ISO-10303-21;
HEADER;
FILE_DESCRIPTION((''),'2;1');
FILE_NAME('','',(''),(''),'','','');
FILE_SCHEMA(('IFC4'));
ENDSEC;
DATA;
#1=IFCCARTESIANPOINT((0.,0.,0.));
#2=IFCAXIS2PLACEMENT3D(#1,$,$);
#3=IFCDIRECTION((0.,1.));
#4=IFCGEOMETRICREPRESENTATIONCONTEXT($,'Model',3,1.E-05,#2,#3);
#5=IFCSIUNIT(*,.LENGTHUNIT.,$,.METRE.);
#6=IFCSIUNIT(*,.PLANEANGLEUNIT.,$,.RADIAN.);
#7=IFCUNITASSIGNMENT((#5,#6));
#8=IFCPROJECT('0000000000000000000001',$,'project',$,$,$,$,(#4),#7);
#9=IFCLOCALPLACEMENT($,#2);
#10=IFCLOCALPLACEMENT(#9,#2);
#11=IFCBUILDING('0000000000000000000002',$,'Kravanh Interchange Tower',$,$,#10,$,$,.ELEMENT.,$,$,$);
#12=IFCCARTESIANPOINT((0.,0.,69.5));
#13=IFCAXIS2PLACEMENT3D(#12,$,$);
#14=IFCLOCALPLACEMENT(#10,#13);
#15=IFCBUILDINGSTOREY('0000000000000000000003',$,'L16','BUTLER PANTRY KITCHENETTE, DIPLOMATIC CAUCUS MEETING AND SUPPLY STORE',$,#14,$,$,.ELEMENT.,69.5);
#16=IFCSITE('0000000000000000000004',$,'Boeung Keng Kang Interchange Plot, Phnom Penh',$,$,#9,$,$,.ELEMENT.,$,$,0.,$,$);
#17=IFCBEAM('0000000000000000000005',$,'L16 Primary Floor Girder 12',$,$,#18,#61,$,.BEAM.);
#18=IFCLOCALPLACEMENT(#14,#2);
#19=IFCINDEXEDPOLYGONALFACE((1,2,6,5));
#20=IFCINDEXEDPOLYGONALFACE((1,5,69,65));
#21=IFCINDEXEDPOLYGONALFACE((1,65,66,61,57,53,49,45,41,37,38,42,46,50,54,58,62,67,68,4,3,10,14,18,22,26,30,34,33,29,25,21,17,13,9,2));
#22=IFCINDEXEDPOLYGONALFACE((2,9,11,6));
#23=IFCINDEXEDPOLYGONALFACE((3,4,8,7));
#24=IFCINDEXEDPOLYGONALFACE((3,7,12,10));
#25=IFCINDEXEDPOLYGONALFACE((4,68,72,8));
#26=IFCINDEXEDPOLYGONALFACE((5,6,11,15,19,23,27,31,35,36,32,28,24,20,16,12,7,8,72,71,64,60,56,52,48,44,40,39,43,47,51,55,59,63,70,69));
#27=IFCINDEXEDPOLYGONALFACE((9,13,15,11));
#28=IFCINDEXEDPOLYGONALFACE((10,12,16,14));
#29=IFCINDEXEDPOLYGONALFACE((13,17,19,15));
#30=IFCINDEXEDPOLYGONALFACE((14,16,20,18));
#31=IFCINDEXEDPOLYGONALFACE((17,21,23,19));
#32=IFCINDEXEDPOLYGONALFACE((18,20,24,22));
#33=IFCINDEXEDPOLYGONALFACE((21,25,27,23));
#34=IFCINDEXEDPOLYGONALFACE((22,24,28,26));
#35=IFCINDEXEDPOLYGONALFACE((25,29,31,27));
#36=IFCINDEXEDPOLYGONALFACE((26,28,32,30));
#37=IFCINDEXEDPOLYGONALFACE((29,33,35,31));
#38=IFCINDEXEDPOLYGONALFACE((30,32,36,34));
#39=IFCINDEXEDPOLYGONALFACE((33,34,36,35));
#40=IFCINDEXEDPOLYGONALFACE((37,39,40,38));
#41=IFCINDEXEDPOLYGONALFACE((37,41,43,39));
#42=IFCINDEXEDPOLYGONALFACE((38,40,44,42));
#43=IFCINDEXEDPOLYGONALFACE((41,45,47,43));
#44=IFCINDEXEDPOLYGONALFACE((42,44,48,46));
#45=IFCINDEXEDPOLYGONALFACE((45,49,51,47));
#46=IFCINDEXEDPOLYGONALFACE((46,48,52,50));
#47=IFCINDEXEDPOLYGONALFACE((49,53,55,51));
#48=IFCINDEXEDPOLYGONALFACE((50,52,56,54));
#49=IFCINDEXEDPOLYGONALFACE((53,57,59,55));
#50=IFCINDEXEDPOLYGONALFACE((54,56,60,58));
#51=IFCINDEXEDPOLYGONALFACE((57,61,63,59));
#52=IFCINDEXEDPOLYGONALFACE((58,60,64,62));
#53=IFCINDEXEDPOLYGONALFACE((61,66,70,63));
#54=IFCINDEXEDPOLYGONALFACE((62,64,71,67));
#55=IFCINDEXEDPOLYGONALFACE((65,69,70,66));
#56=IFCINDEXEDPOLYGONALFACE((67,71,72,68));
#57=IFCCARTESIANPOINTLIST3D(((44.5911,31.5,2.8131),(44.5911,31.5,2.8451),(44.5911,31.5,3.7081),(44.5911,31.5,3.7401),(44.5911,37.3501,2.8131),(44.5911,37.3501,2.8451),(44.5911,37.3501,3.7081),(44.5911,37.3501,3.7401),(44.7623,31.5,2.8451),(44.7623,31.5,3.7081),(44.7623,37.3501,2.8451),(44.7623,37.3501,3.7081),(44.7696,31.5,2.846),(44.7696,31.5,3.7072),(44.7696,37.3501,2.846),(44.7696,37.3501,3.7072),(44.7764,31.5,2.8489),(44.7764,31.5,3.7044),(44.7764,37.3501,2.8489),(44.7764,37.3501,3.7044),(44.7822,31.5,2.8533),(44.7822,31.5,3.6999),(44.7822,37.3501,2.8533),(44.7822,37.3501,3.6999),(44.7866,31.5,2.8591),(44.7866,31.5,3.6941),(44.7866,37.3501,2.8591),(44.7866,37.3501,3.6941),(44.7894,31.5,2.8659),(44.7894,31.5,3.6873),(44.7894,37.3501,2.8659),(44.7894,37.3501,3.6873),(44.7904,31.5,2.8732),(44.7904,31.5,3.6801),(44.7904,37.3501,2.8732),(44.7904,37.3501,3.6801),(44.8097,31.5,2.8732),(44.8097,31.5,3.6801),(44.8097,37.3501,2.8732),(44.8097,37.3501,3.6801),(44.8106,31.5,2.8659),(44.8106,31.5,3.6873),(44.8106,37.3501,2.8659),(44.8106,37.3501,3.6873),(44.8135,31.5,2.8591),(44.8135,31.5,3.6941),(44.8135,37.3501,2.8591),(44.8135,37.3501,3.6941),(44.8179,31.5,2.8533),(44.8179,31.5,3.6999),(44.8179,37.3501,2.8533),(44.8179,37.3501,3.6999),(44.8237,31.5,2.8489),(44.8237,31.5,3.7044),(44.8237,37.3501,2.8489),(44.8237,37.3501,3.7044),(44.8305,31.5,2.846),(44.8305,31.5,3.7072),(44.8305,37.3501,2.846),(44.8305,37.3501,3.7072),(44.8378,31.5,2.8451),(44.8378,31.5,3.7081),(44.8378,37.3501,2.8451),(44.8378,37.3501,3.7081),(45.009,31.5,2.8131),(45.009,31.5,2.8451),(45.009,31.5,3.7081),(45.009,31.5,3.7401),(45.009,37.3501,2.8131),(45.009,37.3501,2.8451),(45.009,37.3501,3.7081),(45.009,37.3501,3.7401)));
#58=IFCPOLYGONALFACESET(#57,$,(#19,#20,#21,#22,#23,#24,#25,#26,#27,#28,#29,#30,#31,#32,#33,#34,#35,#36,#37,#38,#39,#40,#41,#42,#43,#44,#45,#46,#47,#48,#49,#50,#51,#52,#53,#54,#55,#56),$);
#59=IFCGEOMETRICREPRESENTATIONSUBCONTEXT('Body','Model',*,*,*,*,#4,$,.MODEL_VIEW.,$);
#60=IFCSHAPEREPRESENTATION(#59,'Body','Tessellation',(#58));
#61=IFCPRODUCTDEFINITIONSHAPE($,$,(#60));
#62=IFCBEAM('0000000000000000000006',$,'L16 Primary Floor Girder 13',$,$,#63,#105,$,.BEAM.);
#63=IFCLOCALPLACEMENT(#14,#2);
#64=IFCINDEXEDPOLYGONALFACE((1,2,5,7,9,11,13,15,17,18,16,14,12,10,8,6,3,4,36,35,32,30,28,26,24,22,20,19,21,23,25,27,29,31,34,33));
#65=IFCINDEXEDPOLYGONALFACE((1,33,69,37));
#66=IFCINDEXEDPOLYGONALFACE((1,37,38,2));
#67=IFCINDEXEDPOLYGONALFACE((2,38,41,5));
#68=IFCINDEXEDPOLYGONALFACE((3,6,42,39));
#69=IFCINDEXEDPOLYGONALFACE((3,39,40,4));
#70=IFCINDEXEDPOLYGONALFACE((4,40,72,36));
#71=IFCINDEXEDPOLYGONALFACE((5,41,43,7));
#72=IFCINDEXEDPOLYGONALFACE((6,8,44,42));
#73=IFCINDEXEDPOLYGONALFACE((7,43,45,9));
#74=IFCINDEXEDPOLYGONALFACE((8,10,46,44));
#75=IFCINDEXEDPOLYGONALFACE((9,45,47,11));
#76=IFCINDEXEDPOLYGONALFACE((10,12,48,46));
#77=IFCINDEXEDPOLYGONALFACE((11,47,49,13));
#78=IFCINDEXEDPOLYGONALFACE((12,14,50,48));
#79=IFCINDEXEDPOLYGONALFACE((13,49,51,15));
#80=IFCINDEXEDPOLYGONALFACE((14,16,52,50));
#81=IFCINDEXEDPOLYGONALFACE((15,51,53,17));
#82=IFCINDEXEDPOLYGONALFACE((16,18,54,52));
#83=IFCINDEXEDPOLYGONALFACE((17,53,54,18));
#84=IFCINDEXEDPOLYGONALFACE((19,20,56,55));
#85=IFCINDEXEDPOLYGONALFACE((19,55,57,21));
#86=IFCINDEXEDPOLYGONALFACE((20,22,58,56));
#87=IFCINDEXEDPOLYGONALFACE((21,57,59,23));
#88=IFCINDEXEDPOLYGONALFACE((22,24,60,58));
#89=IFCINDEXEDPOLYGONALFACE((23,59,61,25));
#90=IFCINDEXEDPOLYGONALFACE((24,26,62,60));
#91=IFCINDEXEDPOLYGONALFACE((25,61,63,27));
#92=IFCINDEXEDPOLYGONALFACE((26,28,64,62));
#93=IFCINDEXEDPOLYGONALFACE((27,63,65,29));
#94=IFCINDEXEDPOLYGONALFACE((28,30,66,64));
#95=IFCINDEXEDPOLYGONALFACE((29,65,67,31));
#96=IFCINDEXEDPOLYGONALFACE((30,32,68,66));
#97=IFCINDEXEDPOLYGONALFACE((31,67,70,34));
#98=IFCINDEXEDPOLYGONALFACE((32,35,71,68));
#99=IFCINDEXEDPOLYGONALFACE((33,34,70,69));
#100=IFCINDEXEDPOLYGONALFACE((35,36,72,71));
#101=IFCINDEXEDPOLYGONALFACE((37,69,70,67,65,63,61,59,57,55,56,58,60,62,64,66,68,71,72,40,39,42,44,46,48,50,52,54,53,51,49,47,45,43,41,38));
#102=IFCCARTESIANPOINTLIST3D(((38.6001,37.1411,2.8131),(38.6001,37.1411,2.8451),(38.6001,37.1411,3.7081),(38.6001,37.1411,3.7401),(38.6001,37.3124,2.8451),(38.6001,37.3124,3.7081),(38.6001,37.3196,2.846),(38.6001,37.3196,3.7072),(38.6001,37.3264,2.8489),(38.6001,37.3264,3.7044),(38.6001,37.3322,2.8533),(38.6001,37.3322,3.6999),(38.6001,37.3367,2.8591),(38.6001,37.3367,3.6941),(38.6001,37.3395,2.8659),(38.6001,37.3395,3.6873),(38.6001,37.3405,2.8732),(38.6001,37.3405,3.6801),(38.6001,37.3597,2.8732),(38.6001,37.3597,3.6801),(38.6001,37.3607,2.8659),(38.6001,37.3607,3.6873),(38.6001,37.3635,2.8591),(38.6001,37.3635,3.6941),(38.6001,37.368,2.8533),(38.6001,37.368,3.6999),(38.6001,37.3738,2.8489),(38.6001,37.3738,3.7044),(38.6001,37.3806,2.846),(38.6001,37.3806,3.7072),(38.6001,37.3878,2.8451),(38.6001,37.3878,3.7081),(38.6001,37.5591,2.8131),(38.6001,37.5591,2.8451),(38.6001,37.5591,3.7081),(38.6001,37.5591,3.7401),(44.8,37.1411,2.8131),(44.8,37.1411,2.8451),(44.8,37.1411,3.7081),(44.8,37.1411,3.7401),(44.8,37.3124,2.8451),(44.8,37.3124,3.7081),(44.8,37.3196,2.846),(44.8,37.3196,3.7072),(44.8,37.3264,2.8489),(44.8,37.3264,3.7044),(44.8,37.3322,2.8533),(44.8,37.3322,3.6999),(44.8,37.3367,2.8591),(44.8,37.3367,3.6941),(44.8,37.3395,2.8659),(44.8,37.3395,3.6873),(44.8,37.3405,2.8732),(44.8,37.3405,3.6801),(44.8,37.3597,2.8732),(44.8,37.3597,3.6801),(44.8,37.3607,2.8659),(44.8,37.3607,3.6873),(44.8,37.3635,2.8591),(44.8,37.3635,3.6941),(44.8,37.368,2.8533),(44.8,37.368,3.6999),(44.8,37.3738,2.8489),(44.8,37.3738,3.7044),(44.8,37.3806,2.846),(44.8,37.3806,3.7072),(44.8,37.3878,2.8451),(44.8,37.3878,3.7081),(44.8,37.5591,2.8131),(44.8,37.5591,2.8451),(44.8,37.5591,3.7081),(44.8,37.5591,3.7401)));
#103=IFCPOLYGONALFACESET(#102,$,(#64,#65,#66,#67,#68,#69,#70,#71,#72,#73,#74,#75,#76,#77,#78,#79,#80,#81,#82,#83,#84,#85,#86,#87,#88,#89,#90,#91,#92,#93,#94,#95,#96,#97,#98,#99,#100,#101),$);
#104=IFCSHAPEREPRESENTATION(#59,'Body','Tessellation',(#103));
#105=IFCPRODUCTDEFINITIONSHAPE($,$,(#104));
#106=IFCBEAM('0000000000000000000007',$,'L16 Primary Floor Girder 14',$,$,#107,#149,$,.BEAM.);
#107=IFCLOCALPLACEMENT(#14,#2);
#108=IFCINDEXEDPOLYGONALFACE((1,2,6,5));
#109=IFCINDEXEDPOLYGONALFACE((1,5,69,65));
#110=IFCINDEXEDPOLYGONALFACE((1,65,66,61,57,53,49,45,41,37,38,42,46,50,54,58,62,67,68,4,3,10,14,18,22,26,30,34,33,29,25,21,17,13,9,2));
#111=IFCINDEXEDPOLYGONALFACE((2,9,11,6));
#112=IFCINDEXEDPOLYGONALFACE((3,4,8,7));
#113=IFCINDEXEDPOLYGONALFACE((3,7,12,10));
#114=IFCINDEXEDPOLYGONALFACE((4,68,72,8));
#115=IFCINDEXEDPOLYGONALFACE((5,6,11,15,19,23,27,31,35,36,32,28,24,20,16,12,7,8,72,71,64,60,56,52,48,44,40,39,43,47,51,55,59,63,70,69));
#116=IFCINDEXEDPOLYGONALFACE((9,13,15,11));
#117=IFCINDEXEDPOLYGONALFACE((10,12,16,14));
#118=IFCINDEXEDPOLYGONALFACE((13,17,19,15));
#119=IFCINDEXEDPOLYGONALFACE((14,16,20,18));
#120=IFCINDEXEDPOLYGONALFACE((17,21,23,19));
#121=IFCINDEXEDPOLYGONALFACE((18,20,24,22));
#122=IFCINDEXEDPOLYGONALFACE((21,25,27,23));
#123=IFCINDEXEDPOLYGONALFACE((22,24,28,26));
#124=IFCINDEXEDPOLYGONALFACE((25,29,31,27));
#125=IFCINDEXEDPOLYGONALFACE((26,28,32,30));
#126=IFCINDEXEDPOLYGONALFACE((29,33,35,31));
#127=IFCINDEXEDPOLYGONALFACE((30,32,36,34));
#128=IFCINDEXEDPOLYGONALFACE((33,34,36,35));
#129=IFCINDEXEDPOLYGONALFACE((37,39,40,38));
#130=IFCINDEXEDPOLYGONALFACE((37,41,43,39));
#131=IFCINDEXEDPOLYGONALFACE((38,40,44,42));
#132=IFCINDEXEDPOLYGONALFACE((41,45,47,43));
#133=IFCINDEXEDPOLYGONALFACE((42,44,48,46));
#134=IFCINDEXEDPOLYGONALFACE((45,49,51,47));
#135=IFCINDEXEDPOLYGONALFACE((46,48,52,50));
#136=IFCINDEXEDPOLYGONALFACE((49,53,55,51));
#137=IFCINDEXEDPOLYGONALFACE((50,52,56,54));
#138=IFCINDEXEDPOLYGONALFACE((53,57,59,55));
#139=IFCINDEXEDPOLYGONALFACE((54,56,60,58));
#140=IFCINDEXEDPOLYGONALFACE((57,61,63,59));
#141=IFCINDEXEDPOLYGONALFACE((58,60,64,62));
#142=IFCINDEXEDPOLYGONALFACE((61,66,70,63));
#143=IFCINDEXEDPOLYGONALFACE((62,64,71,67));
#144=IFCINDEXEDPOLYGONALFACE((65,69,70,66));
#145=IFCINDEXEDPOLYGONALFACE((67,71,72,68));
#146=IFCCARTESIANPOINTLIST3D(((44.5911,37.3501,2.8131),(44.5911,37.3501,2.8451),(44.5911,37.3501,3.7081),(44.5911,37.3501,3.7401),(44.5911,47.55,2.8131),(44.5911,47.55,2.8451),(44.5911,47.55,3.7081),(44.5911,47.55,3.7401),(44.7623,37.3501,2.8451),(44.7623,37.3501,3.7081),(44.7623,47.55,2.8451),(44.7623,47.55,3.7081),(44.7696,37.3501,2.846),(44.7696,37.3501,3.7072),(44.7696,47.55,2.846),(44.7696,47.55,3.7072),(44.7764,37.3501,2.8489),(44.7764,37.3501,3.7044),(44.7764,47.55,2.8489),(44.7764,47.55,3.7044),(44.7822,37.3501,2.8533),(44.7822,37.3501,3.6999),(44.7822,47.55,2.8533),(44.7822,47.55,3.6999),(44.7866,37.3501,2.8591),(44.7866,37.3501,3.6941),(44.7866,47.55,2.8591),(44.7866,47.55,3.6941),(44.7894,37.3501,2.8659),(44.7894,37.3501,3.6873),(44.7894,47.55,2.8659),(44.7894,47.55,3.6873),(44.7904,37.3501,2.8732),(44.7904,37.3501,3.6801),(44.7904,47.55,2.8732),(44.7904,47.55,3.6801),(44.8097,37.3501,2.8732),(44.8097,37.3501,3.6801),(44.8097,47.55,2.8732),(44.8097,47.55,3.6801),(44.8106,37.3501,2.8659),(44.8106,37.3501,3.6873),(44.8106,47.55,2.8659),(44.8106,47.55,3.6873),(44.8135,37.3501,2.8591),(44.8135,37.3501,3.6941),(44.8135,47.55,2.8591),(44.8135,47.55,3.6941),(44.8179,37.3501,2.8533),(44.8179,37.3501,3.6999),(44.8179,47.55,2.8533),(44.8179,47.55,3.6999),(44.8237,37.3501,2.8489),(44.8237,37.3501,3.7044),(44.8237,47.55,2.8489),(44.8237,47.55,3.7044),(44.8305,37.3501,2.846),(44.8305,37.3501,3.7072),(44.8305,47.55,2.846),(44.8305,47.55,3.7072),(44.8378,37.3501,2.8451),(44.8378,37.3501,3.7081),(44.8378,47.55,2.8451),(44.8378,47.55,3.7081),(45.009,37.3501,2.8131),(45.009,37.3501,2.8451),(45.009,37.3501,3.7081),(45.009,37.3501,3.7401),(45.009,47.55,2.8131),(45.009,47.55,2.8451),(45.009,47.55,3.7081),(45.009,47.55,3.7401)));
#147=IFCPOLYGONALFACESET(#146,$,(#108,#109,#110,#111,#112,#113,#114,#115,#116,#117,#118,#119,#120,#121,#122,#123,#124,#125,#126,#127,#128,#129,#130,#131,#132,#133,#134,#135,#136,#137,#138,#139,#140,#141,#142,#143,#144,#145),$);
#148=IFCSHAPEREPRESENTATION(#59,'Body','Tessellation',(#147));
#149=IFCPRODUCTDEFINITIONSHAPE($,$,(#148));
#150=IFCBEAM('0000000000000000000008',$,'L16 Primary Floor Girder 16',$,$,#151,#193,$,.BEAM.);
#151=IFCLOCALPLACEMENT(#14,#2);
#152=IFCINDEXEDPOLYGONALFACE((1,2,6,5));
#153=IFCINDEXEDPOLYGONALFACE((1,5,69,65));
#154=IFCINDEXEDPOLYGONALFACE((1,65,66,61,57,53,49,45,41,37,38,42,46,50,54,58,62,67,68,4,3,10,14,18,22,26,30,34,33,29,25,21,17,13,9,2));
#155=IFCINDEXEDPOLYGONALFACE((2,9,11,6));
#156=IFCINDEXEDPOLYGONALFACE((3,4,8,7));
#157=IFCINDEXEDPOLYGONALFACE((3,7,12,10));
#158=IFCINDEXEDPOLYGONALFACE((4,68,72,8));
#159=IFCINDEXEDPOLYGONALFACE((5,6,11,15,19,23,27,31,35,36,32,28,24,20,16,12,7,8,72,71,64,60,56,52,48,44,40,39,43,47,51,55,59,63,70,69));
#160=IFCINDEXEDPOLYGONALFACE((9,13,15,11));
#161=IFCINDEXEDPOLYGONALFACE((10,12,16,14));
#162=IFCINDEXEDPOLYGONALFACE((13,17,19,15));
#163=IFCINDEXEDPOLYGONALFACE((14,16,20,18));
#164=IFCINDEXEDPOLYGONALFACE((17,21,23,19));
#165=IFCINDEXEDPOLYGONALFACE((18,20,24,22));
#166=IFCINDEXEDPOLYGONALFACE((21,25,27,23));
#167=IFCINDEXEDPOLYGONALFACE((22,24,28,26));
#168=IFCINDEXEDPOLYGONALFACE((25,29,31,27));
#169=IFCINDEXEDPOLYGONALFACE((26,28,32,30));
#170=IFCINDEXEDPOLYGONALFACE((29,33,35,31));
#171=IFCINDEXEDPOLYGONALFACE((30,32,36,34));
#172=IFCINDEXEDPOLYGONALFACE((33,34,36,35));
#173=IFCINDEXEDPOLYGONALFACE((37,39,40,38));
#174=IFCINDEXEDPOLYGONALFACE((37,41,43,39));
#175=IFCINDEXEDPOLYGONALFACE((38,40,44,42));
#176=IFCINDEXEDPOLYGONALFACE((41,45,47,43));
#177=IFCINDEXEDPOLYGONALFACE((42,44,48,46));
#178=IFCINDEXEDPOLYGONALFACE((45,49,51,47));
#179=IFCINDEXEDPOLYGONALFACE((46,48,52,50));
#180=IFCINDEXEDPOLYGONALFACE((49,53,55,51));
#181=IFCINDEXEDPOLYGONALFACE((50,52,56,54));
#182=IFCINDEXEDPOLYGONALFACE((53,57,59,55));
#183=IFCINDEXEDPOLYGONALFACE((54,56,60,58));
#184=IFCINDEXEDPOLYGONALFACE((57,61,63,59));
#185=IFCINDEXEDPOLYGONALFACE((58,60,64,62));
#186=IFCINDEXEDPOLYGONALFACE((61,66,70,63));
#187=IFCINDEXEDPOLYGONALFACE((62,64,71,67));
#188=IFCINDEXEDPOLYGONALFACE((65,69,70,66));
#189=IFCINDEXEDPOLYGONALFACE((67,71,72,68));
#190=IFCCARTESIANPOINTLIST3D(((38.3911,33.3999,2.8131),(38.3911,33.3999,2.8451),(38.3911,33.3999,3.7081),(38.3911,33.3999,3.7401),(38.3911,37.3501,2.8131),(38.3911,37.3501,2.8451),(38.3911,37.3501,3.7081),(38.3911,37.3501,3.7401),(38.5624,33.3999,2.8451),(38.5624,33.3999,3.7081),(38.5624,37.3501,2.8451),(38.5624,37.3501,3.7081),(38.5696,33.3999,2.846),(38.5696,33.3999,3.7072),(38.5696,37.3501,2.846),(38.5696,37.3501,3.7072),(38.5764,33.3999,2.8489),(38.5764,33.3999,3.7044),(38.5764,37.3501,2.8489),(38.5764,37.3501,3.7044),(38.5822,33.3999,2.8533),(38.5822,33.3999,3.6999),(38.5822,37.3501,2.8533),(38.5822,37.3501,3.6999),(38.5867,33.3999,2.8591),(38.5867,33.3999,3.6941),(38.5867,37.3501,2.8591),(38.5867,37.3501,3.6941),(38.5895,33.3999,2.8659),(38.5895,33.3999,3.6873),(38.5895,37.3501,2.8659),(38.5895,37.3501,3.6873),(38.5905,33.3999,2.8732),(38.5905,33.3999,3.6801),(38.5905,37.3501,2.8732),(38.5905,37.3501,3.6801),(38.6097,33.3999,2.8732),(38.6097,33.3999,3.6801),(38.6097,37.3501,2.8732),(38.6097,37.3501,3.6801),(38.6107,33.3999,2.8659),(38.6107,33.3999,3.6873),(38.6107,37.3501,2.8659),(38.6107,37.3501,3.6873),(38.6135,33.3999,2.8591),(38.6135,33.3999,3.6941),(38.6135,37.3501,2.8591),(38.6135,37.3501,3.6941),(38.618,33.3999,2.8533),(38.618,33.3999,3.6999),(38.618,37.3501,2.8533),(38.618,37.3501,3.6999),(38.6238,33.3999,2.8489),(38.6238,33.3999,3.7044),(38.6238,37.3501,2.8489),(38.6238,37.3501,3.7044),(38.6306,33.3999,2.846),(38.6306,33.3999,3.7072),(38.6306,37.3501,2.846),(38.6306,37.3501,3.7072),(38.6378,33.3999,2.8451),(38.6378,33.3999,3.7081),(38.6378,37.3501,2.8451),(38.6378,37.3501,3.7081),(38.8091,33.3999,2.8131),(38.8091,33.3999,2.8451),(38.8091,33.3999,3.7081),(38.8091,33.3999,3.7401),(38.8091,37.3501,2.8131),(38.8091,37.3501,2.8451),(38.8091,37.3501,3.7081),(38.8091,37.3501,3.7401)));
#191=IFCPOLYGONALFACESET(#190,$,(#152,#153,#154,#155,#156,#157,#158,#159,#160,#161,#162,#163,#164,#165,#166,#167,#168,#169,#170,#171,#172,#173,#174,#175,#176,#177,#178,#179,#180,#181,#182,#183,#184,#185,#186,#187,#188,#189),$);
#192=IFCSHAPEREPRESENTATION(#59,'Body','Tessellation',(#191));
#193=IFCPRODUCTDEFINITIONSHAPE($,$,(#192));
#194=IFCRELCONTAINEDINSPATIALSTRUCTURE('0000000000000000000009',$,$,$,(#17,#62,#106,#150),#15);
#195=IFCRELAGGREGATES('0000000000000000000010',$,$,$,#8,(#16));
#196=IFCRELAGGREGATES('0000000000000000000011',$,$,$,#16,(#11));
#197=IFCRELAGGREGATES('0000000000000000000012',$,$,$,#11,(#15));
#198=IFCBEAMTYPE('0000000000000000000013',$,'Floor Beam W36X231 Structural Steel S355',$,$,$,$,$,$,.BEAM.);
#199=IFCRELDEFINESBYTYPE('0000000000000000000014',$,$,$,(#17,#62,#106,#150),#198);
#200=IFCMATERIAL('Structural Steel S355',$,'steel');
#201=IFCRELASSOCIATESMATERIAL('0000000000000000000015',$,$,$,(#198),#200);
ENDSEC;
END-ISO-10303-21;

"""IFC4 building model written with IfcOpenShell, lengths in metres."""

from ifc_helpers import new_model, si_unit, direction, frame, origin, origin_2d, place, context, subcontext, project, spatial, i_section, extrude, material, material_profile, profile_set, type_object, element, save


model = new_model("IFC4")

# Units and contexts
model_context = context("Model", 3, precision=1e-05, world=origin(), true_north=direction((0.0, 1.0)))
body_context = subcontext(model_context, "Body", "Model", "MODEL_VIEW")
ifc_project = project(units=[si_unit("LENGTHUNIT", "METRE"), si_unit("PLANEANGLEUNIT", "RADIAN")], contexts=[model_context])

# Site, building, storey
site_placement = place(None, origin())
site = spatial("IfcSite", under=ifc_project, at=site_placement, Name="Boeung Keng Kang Interchange Plot, Phnom Penh", CompositionType="ELEMENT", RefElevation=0.0)
building_placement = place(site_placement, origin())
building = spatial("IfcBuilding", under=site, at=building_placement, Name="Kravanh Interchange Tower", CompositionType="ELEMENT")
storey_placement = place(building_placement, frame((0.0, 0.0, 69.5)))
storey = spatial("IfcBuildingStorey", under=building, at=storey_placement, Name="L16", Description="BUTLER PANTRY KITCHENETTE, DIPLOMATIC CAUCUS MEETING AND SUPPLY STORE", CompositionType="ELEMENT", Elevation=69.5)

# Beams
ifc_material_1 = material(Name="Structural Steel S355", Category="steel")
ifc_material_profile_1 = material_profile(ifc_material_1, i_section(OverallWidth=0.418, OverallDepth=0.927, WebThickness=0.0193, FlangeThickness=0.032, FilletRadius=0.0281, at=origin_2d()), Name="W36X231")
ifc_profile_set_1 = profile_set([ifc_material_profile_1], Name="Structural Steel S355")
beam_type_1 = type_object("IfcBeamType", Name="Floor Beam W36X231 Structural Steel S355", PredefinedType="BEAM", material=ifc_profile_set_1)
beam_1_placement = place(storey_placement, frame((44.8, 37.3501, 3.2766), z_axis=(0.0, -1.0, 0.0), x_axis=(1.0, 0.0, 0.0)))
element("IfcBeam", 1, at=beam_1_placement, inside=storey, type_object=beam_type_1, Name="L16 Primary Floor Girder 12", PredefinedType="BEAM", context=body_context, shape_type="SweptSolid", body=[
    extrude(i_section(OverallWidth=0.418, OverallDepth=0.927, WebThickness=0.0193, FlangeThickness=0.032, FilletRadius=0.0281, at=origin_2d()), origin(), (0.0, 0.0, 1.0), 5.8501),
])
beam_2_placement = place(storey_placement, frame((44.8, 37.3501, 3.2766), z_axis=(-1.0, 0.0, 0.0), x_axis=(0.0, -1.0, 0.0)))
element("IfcBeam", 2, at=beam_2_placement, inside=storey, type_object=beam_type_1, Name="L16 Primary Floor Girder 13", PredefinedType="BEAM", context=body_context, shape_type="SweptSolid", body=[
    extrude(i_section(OverallWidth=0.418, OverallDepth=0.927, WebThickness=0.0193, FlangeThickness=0.032, FilletRadius=0.0281, at=origin_2d()), origin(), (0.0, 0.0, 1.0), 6.2),
])
beam_3_placement = place(storey_placement, frame((44.8, 37.3501, 3.2766), z_axis=(0.0, 1.0, 0.0), x_axis=(-1.0, 0.0, 0.0)))
element("IfcBeam", 3, at=beam_3_placement, inside=storey, type_object=beam_type_1, Name="L16 Primary Floor Girder 14", PredefinedType="BEAM", context=body_context, shape_type="SweptSolid", body=[
    extrude(i_section(OverallWidth=0.418, OverallDepth=0.927, WebThickness=0.0193, FlangeThickness=0.032, FilletRadius=0.0281, at=origin_2d()), origin(), (0.0, 0.0, 1.0), 10.2),
])
beam_4_placement = place(storey_placement, frame((38.6001, 37.3501, 3.2766), z_axis=(0.0, -1.0, 0.0), x_axis=(1.0, 0.0, 0.0)))
element("IfcBeam", 4, at=beam_4_placement, inside=storey, type_object=beam_type_1, Name="L16 Primary Floor Girder 16", PredefinedType="BEAM", context=body_context, shape_type="SweptSolid", body=[
    extrude(i_section(OverallWidth=0.418, OverallDepth=0.927, WebThickness=0.0193, FlangeThickness=0.032, FilletRadius=0.0281, at=origin_2d()), origin(), (0.0, 0.0, 1.0), 3.9502),
])

save(model, "model.ifc")
